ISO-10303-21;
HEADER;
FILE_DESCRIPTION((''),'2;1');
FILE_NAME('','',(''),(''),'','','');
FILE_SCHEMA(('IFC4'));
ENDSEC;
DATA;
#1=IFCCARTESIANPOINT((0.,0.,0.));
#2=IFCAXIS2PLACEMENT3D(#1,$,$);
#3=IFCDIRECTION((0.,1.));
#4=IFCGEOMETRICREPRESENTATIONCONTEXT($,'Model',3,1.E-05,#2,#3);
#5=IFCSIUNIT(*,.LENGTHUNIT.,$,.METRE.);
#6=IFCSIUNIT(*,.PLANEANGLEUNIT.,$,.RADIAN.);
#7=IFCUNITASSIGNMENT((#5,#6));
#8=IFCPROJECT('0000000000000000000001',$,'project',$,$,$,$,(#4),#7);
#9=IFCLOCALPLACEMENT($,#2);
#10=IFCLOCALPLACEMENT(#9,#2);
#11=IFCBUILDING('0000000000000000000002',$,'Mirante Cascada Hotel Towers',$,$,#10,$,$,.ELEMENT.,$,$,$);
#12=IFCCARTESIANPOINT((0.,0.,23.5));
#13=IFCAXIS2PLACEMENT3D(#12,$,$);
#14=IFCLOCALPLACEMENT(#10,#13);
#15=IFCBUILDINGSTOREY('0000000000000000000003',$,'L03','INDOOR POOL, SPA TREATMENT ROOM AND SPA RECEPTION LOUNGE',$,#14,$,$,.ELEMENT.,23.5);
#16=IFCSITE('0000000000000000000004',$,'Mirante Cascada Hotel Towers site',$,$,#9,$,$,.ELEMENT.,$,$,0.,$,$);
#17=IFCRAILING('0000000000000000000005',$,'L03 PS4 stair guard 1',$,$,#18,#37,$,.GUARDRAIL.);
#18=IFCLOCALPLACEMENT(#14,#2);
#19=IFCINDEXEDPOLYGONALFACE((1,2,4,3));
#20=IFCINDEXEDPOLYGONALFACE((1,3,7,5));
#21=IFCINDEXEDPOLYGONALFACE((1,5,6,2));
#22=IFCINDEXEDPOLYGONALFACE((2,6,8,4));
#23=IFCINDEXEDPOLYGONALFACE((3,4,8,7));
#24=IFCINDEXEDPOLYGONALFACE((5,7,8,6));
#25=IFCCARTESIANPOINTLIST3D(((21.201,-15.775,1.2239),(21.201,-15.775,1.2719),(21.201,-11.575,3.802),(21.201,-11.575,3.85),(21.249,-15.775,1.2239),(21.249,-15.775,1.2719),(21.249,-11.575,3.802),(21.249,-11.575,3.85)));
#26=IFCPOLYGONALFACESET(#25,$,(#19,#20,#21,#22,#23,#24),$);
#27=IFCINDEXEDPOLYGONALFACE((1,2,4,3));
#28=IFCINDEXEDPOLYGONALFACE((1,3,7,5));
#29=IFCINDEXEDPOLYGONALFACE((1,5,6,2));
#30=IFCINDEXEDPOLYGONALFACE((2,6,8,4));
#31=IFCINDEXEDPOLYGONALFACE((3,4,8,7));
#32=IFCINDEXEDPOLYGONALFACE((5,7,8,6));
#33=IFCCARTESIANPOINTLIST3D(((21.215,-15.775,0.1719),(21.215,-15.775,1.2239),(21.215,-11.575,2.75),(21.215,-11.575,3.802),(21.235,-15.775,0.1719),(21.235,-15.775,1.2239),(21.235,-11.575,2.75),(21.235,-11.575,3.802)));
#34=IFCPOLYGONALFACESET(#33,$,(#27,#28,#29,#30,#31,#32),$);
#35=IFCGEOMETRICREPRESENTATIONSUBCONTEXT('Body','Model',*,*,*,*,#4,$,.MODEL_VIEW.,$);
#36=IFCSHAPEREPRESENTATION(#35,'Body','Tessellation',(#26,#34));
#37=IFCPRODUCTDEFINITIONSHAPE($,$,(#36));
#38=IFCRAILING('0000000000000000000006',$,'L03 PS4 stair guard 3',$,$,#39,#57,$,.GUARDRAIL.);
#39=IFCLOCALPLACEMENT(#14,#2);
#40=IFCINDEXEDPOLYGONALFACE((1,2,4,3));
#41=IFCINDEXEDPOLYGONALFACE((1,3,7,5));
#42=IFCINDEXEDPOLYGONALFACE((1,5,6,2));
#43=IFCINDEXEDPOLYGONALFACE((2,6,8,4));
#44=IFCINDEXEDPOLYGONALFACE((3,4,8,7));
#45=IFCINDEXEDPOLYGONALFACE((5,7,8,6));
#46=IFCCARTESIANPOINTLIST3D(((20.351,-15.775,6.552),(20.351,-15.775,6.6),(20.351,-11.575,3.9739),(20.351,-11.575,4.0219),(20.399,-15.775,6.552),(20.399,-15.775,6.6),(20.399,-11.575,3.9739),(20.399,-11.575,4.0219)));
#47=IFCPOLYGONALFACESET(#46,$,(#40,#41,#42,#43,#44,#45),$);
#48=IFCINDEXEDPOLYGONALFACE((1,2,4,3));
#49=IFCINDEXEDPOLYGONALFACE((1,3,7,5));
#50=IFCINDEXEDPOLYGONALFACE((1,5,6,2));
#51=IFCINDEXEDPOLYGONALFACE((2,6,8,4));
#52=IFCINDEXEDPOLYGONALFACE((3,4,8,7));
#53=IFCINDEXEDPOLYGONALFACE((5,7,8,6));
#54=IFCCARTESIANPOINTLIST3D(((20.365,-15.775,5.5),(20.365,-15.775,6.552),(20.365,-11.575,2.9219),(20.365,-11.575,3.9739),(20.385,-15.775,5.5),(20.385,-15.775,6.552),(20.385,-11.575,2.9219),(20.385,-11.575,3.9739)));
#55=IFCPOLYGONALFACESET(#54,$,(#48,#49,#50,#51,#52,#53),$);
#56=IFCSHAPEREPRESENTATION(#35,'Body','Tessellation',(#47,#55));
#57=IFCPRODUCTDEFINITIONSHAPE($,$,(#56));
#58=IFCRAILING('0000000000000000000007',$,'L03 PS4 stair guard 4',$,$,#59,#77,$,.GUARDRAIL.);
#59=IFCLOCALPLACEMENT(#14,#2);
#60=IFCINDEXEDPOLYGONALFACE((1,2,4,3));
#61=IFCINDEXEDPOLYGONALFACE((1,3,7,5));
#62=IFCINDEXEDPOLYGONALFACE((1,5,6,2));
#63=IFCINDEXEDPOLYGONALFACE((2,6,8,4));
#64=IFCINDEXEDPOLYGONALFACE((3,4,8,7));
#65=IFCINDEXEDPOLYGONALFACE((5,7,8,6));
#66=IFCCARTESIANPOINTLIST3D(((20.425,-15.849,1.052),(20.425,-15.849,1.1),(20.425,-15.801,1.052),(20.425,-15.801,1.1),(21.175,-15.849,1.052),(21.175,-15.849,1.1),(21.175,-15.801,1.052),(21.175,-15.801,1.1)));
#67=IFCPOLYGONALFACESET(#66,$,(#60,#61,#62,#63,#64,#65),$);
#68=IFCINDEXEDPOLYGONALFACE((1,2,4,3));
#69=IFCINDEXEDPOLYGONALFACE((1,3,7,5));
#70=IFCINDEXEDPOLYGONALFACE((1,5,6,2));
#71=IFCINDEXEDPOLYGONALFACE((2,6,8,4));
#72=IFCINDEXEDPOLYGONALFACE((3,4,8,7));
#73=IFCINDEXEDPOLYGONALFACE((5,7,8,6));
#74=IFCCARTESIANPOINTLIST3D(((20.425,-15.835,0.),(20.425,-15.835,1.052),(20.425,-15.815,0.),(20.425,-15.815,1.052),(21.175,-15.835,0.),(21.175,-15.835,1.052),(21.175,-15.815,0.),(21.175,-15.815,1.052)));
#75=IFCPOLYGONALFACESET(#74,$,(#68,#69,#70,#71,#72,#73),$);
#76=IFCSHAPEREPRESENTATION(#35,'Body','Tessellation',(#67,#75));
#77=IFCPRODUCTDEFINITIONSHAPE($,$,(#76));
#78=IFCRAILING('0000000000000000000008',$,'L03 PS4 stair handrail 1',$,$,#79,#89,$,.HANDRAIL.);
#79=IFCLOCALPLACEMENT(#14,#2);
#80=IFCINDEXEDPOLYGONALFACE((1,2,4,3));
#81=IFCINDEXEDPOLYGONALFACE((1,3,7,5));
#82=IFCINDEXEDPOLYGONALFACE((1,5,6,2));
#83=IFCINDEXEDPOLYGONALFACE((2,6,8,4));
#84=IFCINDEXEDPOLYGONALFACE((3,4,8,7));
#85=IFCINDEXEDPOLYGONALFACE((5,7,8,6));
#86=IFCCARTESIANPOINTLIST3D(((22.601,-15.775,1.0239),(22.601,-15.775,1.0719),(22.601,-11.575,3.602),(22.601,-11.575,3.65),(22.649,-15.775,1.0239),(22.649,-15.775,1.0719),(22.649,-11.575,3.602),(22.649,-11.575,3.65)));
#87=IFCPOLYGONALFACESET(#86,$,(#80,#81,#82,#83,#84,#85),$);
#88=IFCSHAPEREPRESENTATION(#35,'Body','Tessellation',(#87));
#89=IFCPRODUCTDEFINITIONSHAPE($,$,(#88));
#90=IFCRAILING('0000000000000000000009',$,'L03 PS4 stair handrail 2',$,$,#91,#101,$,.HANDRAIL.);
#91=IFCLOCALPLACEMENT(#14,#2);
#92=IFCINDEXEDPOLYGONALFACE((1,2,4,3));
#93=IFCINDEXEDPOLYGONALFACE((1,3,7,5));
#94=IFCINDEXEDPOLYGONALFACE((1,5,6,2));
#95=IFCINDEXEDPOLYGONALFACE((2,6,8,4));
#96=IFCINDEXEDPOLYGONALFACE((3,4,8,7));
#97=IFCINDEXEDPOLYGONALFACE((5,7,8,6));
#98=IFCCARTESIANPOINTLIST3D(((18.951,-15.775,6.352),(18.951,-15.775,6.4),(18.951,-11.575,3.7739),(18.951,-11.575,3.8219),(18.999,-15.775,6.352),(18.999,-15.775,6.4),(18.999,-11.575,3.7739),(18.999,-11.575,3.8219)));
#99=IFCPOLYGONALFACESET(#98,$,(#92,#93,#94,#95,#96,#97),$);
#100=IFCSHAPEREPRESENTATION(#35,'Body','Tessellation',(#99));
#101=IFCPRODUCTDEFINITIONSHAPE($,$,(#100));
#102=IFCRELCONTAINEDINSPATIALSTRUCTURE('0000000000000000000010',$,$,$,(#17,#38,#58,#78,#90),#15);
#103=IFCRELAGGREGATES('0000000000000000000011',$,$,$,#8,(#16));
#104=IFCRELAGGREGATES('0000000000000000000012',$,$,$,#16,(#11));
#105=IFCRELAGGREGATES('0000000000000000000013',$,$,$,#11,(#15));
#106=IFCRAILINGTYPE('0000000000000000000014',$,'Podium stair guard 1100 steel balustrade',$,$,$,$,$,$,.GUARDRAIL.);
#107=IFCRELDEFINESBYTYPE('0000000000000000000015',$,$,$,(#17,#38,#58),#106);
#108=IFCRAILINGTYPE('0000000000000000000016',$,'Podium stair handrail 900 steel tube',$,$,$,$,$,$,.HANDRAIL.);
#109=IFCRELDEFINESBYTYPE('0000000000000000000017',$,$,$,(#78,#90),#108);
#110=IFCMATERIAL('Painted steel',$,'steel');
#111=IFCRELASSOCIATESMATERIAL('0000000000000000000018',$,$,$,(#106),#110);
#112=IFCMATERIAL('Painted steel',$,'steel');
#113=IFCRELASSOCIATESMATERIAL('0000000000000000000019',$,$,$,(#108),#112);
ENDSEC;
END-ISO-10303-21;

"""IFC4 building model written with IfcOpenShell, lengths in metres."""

from ifc_helpers import new_model, si_unit, direction, frame, origin, origin_2d, place, context, subcontext, project, spatial, rectangle, extrude, material, type_object, element, save


model = new_model("IFC4")

# Units and contexts
model_context = context("Model", 3, precision=1e-05, world=origin(), true_north=direction((0.0, 1.0)))
body_context = subcontext(model_context, "Body", "Model", "MODEL_VIEW")
ifc_project = project(units=[si_unit("LENGTHUNIT", "METRE"), si_unit("PLANEANGLEUNIT", "RADIAN")], contexts=[model_context])

# Site, building, storey
site_placement = place(None, origin())
site = spatial("IfcSite", under=ifc_project, at=site_placement, Name="Mirante Cascada Hotel Towers site", CompositionType="ELEMENT", RefElevation=0.0)
building_placement = place(site_placement, origin())
building = spatial("IfcBuilding", under=site, at=building_placement, Name="Mirante Cascada Hotel Towers", CompositionType="ELEMENT")
storey_placement = place(building_placement, frame((0.0, 0.0, 23.5)))
storey = spatial("IfcBuildingStorey", under=building, at=storey_placement, Name="L03", Description="INDOOR POOL, SPA TREATMENT ROOM AND SPA RECEPTION LOUNGE", CompositionType="ELEMENT", Elevation=23.5)

# Railings
ifc_material_1 = material(Name="Painted steel", Category="steel")
railing_type_1 = type_object("IfcRailingType", Name="Podium stair guard 1100 steel balustrade", PredefinedType="GUARDRAIL", material=ifc_material_1)
railing_1_placement = place(storey_placement, frame((21.225, -15.775, 0.1719)))
element("IfcRailing", 1, at=railing_1_placement, inside=storey, type_object=railing_type_1, Name="L03 PS4 stair guard 1", PredefinedType="GUARDRAIL", context=body_context, shape_type="SweptSolid", body=[
    extrude(rectangle(XDim=0.048, YDim=0.048, at=origin_2d()), frame((0.0, 0.0, 1.076), z_axis=(0.0, 1.0, 0.0), x_axis=(-1.0, 0.0, 0.0)), (0.0, 0.523138, 0.852248), 4.9281),
    extrude(rectangle(XDim=0.02, YDim=1.052, at=origin_2d()), frame((0.0, 0.0, 0.526), z_axis=(0.0, 1.0, 0.0), x_axis=(-1.0, 0.0, 0.0)), (0.0, 0.523138, 0.852248), 4.9281),
])
railing_2_placement = place(storey_placement, frame((20.375, -11.575, 2.9219)))
element("IfcRailing", 2, at=railing_2_placement, inside=storey, type_object=railing_type_1, Name="L03 PS4 stair guard 3", PredefinedType="GUARDRAIL", context=body_context, shape_type="SweptSolid", body=[
    extrude(rectangle(XDim=0.048, YDim=0.048, at=origin_2d()), frame((0.0, 0.0, 1.076), z_axis=(0.0, -1.0, 0.0), x_axis=(1.0, 0.0, 0.0)), (0.0, 0.523138, 0.852248), 4.9281),
    extrude(rectangle(XDim=0.02, YDim=1.052, at=origin_2d()), frame((0.0, 0.0, 0.526), z_axis=(0.0, -1.0, 0.0), x_axis=(1.0, 0.0, 0.0)), (0.0, 0.523138, 0.852248), 4.9281),
])
railing_3_placement = place(storey_placement, frame((21.175, -15.825, 0.0)))
element("IfcRailing", 3, at=railing_3_placement, inside=storey, type_object=railing_type_1, Name="L03 PS4 stair guard 4", PredefinedType="GUARDRAIL", context=body_context, shape_type="SweptSolid", body=[
    extrude(rectangle(XDim=0.048, YDim=0.048, at=origin_2d()), frame((0.0, 0.0, 1.076), z_axis=(-1.0, 0.0, 0.0), x_axis=(0.0, -1.0, 0.0)), (0.0, 0.0, 1.0), 0.75),
    extrude(rectangle(XDim=0.02, YDim=1.052, at=origin_2d()), frame((0.0, 0.0, 0.526), z_axis=(-1.0, 0.0, 0.0), x_axis=(0.0, -1.0, 0.0)), (0.0, 0.0, 1.0), 0.75),
])
ifc_material_2 = material(Name="Painted steel", Category="steel")
railing_type_2 = type_object("IfcRailingType", Name="Podium stair handrail 900 steel tube", PredefinedType="HANDRAIL", material=ifc_material_2)
railing_4_placement = place(storey_placement, frame((22.625, -15.775, 0.1719)))
element("IfcRailing", 4, at=railing_4_placement, inside=storey, type_object=railing_type_2, Name="L03 PS4 stair handrail 1", PredefinedType="HANDRAIL", context=body_context, shape_type="SweptSolid", body=[
    extrude(rectangle(XDim=0.048, YDim=0.048, at=origin_2d()), frame((0.0, 0.0, 0.876), z_axis=(0.0, 1.0, 0.0), x_axis=(-1.0, 0.0, 0.0)), (0.0, 0.523138, 0.852248), 4.9281),
])
railing_5_placement = place(storey_placement, frame((18.975, -11.575, 2.9219)))
element("IfcRailing", 5, at=railing_5_placement, inside=storey, type_object=railing_type_2, Name="L03 PS4 stair handrail 2", PredefinedType="HANDRAIL", context=body_context, shape_type="SweptSolid", body=[
    extrude(rectangle(XDim=0.048, YDim=0.048, at=origin_2d()), frame((0.0, 0.0, 0.876), z_axis=(0.0, -1.0, 0.0), x_axis=(1.0, 0.0, 0.0)), (0.0, 0.523138, 0.852248), 4.9281),
])

save(model, "model.ifc")
